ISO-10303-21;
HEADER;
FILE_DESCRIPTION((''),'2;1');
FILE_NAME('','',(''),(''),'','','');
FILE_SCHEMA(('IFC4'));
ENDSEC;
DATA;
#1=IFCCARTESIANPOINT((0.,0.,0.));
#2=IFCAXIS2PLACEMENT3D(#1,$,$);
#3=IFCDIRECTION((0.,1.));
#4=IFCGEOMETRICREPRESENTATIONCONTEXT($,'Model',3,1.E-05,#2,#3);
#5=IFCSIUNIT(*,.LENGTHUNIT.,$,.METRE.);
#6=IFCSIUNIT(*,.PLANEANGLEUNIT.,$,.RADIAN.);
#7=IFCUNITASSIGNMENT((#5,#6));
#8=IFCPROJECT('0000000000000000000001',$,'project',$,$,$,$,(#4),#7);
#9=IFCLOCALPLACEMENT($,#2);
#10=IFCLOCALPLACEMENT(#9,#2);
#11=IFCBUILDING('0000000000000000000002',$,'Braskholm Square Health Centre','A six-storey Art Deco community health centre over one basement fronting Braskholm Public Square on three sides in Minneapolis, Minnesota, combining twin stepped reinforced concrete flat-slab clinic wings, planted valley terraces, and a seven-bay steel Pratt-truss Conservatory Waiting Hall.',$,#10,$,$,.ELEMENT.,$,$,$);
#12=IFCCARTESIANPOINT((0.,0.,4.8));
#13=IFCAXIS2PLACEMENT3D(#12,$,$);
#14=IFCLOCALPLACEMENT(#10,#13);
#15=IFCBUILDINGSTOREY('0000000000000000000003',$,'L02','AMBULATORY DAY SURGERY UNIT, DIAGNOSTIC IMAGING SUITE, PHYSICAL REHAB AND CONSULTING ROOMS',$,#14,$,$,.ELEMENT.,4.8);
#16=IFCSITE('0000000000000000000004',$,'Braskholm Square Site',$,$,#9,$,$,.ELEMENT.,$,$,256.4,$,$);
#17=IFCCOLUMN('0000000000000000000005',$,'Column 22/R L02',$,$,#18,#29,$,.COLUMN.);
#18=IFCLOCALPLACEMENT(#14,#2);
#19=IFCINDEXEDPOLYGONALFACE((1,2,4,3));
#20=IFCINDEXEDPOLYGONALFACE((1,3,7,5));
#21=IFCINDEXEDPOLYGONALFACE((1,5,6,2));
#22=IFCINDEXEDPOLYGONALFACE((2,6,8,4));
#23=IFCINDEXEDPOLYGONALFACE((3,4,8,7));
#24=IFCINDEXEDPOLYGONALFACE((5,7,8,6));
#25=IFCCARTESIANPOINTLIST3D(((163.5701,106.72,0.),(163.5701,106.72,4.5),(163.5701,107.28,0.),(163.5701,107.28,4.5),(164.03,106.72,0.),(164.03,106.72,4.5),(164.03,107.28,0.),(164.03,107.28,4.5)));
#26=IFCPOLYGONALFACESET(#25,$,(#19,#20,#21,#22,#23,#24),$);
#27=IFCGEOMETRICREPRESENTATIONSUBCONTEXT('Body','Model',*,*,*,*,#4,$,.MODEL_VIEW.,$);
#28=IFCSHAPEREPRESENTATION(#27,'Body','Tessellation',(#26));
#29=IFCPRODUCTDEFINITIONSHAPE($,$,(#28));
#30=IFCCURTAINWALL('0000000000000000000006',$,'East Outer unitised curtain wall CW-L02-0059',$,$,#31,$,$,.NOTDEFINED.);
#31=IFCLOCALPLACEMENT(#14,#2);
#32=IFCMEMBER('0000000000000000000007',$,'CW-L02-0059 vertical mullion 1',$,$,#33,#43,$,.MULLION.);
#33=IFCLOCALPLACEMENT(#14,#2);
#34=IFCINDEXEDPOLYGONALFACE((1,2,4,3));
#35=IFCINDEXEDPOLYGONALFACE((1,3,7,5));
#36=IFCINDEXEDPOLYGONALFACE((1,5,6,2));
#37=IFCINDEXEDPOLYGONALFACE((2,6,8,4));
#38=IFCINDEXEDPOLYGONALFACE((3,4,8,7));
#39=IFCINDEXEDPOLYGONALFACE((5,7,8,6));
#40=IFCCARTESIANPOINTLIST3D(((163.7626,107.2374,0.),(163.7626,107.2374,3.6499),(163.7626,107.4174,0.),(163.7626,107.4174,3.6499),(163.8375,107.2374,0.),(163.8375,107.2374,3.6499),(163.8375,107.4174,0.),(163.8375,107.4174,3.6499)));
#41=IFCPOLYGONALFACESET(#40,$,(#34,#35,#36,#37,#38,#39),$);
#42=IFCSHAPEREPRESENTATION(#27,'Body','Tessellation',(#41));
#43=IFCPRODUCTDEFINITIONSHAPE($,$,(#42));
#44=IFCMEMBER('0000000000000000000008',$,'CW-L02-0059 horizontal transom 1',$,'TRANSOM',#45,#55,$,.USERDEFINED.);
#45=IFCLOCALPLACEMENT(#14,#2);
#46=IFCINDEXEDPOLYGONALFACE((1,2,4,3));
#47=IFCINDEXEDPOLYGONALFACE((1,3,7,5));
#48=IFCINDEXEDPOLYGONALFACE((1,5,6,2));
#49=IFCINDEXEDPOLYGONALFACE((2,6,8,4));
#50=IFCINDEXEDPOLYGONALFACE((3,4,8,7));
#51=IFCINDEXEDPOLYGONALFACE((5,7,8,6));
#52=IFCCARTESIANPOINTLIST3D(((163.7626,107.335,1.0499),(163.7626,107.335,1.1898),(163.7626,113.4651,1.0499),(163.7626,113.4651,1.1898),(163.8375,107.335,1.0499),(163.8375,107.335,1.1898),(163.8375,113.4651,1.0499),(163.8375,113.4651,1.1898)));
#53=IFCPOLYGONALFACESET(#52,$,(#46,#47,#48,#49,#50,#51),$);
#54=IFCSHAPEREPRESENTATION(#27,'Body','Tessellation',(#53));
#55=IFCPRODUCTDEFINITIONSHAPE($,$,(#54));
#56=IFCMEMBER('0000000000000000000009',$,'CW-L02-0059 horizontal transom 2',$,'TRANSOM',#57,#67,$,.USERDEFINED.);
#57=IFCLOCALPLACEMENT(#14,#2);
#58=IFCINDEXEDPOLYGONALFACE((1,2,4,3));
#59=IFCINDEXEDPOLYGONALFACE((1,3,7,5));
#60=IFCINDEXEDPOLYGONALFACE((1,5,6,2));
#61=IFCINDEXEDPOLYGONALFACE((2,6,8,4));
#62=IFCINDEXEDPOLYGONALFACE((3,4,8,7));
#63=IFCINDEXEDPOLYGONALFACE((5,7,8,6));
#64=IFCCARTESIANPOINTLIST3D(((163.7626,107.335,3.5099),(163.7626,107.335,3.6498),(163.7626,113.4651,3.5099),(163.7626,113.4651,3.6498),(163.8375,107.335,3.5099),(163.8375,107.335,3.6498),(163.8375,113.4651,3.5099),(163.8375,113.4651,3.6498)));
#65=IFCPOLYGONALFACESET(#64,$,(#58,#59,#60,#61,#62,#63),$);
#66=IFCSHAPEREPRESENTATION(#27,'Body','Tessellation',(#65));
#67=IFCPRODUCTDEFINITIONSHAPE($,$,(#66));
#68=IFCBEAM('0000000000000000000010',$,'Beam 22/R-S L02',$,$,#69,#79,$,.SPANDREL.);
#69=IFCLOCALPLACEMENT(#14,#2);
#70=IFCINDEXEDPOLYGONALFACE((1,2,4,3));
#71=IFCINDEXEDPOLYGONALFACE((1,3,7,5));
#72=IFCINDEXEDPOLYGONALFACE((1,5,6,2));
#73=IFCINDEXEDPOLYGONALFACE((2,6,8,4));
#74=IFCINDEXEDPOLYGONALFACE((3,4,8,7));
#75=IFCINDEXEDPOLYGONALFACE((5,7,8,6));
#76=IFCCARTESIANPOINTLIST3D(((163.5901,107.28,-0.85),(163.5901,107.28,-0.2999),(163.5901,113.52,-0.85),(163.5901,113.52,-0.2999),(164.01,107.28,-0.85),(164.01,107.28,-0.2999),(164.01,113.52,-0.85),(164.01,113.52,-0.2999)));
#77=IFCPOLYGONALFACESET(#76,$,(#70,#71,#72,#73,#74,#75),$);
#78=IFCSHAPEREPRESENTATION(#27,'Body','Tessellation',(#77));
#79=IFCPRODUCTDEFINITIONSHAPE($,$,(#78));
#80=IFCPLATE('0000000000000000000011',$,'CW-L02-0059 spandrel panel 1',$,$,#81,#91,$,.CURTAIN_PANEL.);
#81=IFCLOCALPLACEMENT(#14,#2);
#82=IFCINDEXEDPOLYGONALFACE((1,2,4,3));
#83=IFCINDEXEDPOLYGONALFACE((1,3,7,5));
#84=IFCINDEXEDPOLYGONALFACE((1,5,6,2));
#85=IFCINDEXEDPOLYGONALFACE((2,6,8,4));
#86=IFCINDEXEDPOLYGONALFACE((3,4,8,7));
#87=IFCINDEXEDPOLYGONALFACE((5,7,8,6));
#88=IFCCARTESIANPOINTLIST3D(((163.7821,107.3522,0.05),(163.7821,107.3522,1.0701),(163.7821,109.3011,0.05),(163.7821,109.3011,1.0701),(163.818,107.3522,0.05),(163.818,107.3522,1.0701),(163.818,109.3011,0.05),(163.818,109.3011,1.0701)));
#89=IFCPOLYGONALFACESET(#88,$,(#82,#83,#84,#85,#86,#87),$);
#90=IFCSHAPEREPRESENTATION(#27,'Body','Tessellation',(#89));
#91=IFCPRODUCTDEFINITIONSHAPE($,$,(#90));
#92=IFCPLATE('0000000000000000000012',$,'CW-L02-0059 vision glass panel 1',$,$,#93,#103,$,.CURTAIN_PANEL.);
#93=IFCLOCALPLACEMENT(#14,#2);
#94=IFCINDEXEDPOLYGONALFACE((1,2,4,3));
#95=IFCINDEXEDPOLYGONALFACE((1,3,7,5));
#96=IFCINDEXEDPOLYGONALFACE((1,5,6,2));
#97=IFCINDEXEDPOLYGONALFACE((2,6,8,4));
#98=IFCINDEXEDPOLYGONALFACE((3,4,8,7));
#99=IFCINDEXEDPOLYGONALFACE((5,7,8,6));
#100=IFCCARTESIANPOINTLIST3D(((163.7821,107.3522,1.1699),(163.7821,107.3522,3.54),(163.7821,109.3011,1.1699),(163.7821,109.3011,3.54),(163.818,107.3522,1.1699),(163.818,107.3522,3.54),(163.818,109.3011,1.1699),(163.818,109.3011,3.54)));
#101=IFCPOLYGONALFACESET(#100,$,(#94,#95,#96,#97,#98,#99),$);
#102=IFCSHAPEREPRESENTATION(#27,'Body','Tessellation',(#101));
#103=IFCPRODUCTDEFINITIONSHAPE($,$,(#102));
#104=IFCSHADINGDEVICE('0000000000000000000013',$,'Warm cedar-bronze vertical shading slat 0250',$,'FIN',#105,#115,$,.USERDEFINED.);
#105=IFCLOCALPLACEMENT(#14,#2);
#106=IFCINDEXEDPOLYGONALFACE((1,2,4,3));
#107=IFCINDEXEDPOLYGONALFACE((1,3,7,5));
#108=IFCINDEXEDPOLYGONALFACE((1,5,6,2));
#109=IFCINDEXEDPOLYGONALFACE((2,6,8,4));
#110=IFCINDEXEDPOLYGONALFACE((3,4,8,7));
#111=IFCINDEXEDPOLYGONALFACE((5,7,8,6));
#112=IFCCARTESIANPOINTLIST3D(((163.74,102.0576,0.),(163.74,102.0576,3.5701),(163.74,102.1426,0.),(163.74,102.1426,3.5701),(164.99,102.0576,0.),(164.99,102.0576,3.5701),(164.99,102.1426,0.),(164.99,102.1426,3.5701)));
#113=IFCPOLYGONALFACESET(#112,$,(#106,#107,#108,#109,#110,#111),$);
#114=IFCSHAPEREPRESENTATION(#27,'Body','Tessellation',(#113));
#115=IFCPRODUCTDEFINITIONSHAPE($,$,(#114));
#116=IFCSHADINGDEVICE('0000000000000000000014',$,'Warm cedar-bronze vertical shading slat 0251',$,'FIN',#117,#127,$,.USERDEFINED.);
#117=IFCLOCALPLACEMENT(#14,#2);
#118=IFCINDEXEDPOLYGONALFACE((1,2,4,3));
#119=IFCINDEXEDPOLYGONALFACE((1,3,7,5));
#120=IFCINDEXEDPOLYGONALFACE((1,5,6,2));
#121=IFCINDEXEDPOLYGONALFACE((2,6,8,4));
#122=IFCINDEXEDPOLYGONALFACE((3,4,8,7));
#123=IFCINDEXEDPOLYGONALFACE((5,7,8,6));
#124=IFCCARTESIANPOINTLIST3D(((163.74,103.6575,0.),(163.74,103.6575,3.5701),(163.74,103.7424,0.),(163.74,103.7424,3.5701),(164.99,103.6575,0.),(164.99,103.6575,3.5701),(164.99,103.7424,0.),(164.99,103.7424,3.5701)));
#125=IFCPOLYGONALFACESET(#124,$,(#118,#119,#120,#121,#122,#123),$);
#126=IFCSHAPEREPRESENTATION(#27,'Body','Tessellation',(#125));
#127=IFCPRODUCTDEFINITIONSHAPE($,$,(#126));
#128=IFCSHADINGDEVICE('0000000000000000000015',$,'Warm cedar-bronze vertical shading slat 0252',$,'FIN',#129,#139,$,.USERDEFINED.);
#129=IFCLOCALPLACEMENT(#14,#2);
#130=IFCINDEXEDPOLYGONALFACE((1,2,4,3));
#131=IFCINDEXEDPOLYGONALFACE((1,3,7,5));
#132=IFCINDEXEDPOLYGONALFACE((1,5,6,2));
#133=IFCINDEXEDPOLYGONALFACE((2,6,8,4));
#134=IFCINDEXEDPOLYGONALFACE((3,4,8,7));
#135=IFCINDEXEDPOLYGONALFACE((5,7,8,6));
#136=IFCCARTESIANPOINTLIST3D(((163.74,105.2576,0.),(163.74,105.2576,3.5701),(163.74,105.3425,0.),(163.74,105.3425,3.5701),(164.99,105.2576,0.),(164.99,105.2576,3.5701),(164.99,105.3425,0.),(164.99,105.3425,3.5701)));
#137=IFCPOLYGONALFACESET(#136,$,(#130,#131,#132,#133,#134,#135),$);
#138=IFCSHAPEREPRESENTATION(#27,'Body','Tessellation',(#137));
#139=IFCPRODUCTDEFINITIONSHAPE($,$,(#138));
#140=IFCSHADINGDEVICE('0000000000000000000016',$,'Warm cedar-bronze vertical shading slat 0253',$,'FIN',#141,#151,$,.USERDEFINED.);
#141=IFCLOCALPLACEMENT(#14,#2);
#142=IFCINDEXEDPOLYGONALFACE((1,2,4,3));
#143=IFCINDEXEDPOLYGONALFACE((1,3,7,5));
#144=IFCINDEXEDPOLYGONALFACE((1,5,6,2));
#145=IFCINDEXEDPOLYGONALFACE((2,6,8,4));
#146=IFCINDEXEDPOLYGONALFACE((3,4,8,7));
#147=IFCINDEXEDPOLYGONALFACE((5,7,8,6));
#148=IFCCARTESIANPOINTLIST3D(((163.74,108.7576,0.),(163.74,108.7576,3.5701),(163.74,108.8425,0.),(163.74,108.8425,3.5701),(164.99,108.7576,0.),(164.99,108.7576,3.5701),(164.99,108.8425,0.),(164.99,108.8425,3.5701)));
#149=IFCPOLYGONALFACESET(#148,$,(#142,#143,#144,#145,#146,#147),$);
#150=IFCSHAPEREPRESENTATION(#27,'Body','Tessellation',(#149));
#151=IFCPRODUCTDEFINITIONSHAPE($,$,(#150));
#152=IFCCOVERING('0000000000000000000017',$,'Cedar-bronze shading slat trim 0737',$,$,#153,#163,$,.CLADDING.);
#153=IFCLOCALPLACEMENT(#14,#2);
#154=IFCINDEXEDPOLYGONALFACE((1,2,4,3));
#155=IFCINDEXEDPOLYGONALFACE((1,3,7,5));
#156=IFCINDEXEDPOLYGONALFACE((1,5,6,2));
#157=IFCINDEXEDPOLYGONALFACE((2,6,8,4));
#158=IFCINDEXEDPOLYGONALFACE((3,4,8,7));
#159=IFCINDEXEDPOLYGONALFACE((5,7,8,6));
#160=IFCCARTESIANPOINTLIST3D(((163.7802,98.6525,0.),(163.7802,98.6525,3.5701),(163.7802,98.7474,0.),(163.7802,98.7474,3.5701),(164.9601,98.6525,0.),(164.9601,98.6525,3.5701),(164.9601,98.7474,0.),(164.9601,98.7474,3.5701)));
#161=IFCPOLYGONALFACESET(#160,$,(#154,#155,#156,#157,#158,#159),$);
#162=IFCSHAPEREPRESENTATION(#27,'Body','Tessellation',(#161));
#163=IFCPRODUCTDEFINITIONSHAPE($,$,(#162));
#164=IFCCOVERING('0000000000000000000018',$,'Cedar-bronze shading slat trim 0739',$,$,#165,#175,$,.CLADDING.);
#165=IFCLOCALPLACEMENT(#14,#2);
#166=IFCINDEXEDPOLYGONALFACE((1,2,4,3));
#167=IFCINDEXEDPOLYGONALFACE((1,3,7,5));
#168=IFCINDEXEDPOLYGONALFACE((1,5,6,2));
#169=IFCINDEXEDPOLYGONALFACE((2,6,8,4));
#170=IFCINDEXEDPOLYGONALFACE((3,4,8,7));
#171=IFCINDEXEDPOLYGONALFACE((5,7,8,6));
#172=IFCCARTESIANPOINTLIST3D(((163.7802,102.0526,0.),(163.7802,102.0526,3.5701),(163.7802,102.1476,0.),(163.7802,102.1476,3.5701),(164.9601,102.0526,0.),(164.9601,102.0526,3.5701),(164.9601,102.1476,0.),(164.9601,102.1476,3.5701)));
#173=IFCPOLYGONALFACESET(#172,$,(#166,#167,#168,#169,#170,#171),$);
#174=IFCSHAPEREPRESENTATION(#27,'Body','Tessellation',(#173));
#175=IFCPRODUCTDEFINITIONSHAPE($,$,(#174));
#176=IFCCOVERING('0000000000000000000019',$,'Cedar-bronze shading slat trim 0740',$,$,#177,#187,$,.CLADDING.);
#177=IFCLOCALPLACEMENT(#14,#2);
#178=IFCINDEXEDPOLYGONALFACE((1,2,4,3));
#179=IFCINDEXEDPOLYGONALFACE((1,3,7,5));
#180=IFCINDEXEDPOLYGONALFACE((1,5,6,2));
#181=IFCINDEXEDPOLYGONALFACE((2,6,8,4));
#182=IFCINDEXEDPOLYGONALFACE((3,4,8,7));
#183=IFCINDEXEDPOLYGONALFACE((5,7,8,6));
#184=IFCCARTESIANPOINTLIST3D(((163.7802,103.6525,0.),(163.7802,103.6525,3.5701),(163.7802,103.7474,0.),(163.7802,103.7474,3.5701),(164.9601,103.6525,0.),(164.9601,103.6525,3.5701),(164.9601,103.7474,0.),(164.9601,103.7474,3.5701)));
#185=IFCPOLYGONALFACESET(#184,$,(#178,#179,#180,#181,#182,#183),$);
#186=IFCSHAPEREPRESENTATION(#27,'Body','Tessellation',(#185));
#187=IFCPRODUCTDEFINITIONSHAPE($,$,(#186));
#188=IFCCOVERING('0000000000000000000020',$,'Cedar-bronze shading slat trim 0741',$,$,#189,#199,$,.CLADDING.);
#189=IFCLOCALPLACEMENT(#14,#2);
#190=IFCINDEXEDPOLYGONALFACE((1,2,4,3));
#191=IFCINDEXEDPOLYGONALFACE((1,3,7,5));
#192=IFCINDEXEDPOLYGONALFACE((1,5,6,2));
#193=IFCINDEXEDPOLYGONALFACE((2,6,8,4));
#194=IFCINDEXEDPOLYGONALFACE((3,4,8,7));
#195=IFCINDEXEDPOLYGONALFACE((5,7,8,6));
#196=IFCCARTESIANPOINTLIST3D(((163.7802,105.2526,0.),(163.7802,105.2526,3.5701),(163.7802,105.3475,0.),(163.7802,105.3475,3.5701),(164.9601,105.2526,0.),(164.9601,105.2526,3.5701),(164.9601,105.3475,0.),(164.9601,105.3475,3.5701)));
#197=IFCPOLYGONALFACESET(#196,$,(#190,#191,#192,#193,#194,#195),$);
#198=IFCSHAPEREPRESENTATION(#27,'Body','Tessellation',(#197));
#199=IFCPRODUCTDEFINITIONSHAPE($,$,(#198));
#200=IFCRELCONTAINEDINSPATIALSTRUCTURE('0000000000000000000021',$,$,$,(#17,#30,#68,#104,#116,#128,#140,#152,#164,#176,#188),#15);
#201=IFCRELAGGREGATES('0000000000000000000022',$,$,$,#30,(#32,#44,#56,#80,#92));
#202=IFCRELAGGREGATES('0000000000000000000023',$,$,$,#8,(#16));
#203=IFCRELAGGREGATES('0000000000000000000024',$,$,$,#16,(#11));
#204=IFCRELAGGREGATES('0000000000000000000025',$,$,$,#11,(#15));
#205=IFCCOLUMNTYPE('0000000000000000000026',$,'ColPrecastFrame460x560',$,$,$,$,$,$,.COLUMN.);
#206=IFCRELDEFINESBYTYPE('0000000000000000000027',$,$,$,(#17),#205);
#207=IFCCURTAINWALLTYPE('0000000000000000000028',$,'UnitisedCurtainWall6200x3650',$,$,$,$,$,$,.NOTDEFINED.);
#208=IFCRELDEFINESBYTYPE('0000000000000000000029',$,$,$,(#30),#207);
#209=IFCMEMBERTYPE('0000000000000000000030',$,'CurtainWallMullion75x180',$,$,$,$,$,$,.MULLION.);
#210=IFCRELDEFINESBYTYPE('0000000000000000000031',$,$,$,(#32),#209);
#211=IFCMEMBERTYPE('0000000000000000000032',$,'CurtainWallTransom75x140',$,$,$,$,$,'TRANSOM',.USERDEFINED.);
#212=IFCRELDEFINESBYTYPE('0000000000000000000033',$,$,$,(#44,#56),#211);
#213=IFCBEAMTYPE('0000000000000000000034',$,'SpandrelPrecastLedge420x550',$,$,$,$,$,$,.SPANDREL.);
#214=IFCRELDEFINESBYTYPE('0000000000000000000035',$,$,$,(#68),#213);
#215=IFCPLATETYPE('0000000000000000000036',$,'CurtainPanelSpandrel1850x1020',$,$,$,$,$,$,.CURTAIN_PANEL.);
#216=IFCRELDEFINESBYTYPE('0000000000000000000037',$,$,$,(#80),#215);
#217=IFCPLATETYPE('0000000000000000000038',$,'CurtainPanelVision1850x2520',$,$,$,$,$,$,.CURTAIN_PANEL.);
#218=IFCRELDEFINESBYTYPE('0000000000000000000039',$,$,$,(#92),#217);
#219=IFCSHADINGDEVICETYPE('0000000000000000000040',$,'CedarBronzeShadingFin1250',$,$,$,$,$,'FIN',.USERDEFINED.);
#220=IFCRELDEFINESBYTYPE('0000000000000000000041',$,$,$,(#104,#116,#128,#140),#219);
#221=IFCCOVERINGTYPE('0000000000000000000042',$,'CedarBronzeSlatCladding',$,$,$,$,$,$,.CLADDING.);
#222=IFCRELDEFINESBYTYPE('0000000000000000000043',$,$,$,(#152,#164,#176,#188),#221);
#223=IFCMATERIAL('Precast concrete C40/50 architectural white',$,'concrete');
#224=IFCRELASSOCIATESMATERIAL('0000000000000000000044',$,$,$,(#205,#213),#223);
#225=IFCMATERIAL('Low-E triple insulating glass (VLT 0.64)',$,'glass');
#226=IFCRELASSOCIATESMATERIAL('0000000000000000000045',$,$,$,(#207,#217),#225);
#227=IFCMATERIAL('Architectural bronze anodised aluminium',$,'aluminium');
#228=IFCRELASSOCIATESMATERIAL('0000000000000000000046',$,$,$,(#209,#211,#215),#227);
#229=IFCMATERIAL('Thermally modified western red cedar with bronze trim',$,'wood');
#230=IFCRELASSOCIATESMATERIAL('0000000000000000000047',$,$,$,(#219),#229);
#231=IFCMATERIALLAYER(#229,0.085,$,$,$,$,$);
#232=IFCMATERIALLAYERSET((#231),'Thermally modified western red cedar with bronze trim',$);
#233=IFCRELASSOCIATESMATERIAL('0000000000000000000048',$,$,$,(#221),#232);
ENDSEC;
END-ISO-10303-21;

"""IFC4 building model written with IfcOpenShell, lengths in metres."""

from ifc_helpers import new_model, si_unit, direction, frame, origin, origin_2d, place, context, subcontext, project, spatial, rectangle, extrude, material, layer, layer_set, material_profile, profile_set, type_object, element, aggregate, save


model = new_model("IFC4")

# Units and contexts
model_context = context("Model", 3, precision=1e-05, world=origin(), true_north=direction((0.0, 1.0)))
body_context = subcontext(model_context, "Body", "Model", "MODEL_VIEW")
ifc_project = project(units=[si_unit("LENGTHUNIT", "METRE"), si_unit("PLANEANGLEUNIT", "RADIAN")], contexts=[model_context])

# Site, building, storey
site_placement = place(None, origin())
site = spatial("IfcSite", under=ifc_project, at=site_placement, Name="Braskholm Square Site", CompositionType="ELEMENT", RefElevation=256.4)
building_placement = place(site_placement, origin())
building = spatial("IfcBuilding", under=site, at=building_placement, Name="Braskholm Square Health Centre", Description="A six-storey Art Deco community health centre over one basement fronting Braskholm Public Square on three sides in Minneapolis, Minnesota, combining twin stepped reinforced concrete flat-slab clinic wings, planted valley terraces, and a seven-bay steel Pratt-truss Conservatory Waiting Hall.", CompositionType="ELEMENT")
storey_placement = place(building_placement, frame((0.0, 0.0, 4.8)))
storey = spatial("IfcBuildingStorey", under=building, at=storey_placement, Name="L02", Description="AMBULATORY DAY SURGERY UNIT, DIAGNOSTIC IMAGING SUITE, PHYSICAL REHAB AND CONSULTING ROOMS", CompositionType="ELEMENT", Elevation=4.8)

# Column
ifc_material_1 = material(Name="Precast concrete C40/50 architectural white", Category="concrete")
ifc_material_profile_1 = material_profile(ifc_material_1, rectangle(XDim=0.46, YDim=0.5601, at=origin_2d()), Name="RC-460X560")
ifc_profile_set_1 = profile_set([ifc_material_profile_1], Name="Precast concrete C40/50 architectural white")
column_type = type_object("IfcColumnType", Name="ColPrecastFrame460x560", PredefinedType="COLUMN", material=ifc_profile_set_1)
column_placement = place(storey_placement, frame((163.8, 107.0, 0.0), z_axis=(0.0, 0.0, 1.0), x_axis=(1.0, 0.0, 0.0)))
element("IfcColumn", 1, at=column_placement, inside=storey, type_object=column_type, Name="Column 22/R L02", PredefinedType="COLUMN", context=body_context, shape_type="SweptSolid", body=[
    extrude(rectangle(XDim=0.46, YDim=0.5601, at=origin_2d()), origin(), (0.0, 0.0, 1.0), 4.5),
])

# Curtain wall, members
ifc_material_2 = material(Name="Low-E triple insulating glass (VLT 0.64)", Category="glass")
curtain_wall_type = type_object("IfcCurtainWallType", Name="UnitisedCurtainWall6200x3650", PredefinedType="NOTDEFINED", material=ifc_material_2)
curtain_wall_placement = place(storey_placement, origin())
curtain_wall = element("IfcCurtainWall", 2, at=curtain_wall_placement, inside=storey, type_object=curtain_wall_type, Name="East Outer unitised curtain wall CW-L02-0059", PredefinedType="NOTDEFINED")
ifc_material_3 = material(Name="Architectural bronze anodised aluminium", Category="aluminium")
ifc_material_profile_2 = material_profile(ifc_material_3, rectangle(XDim=0.075, YDim=0.1799, at=origin_2d()), Name="ALU-75X180")
ifc_profile_set_2 = profile_set([ifc_material_profile_2], Name="Architectural bronze anodised aluminium")
member_type_1 = type_object("IfcMemberType", Name="CurtainWallMullion75x180", PredefinedType="MULLION", material=ifc_profile_set_2)
member_1_placement = place(storey_placement, frame((163.8, 107.3274, 0.0), z_axis=(0.0, 0.0, 1.0), x_axis=(1.0, 0.0, 0.0)))
member_1 = element("IfcMember", 3, at=member_1_placement, type_object=member_type_1, Name="CW-L02-0059 vertical mullion 1", PredefinedType="MULLION", context=body_context, shape_type="SweptSolid", body=[
    extrude(rectangle(XDim=0.075, YDim=0.1799, at=origin_2d()), origin(), (0.0, 0.0, 1.0), 3.6499),
])
ifc_material_profile_3 = material_profile(ifc_material_3, rectangle(XDim=0.075, YDim=0.1399, at=origin_2d()), Name="ALU-75X140")
ifc_profile_set_3 = profile_set([ifc_material_profile_3], Name="Architectural bronze anodised aluminium")
member_type_2 = type_object("IfcMemberType", Name="CurtainWallTransom75x140", ElementType="TRANSOM", PredefinedType="USERDEFINED", material=ifc_profile_set_3)
member_2_placement = place(storey_placement, frame((163.8, 107.335, 1.1199), z_axis=(0.0, 1.0, 0.0), x_axis=(-1.0, 0.0, 0.0)))
member_2 = element("IfcMember", 4, at=member_2_placement, type_object=member_type_2, Name="CW-L02-0059 horizontal transom 1", ObjectType="TRANSOM", PredefinedType="USERDEFINED", context=body_context, shape_type="SweptSolid", body=[
    extrude(rectangle(XDim=0.075, YDim=0.1399, at=origin_2d()), origin(), (0.0, 0.0, 1.0), 6.1301),
])
member_3_placement = place(storey_placement, frame((163.8, 107.335, 3.5798), z_axis=(0.0, 1.0, 0.0), x_axis=(-1.0, 0.0, 0.0)))
member_3 = element("IfcMember", 5, at=member_3_placement, type_object=member_type_2, Name="CW-L02-0059 horizontal transom 2", ObjectType="TRANSOM", PredefinedType="USERDEFINED", context=body_context, shape_type="SweptSolid", body=[
    extrude(rectangle(XDim=0.075, YDim=0.1399, at=origin_2d()), origin(), (0.0, 0.0, 1.0), 6.1301),
])

# Beam
ifc_material_profile_4 = material_profile(ifc_material_1, rectangle(XDim=0.4199, YDim=0.55, at=origin_2d()), Name="RCB-420X550")
ifc_profile_set_4 = profile_set([ifc_material_profile_4], Name="Precast concrete C40/50 architectural white")
beam_type = type_object("IfcBeamType", Name="SpandrelPrecastLedge420x550", PredefinedType="SPANDREL", material=ifc_profile_set_4)
beam_placement = place(storey_placement, frame((163.8, 107.28, -0.575), z_axis=(0.0, 1.0, 0.0), x_axis=(-1.0, 0.0, 0.0)))
element("IfcBeam", 6, at=beam_placement, inside=storey, type_object=beam_type, Name="Beam 22/R-S L02", PredefinedType="SPANDREL", context=body_context, shape_type="SweptSolid", body=[
    extrude(rectangle(XDim=0.4199, YDim=0.55, at=origin_2d()), origin(), (0.0, 0.0, 1.0), 6.24),
])

# Plates
plate_type_1 = type_object("IfcPlateType", Name="CurtainPanelSpandrel1850x1020", PredefinedType="CURTAIN_PANEL", material=ifc_material_3)
plate_1_placement = place(storey_placement, frame((163.8, 108.3267, 0.05), z_axis=(0.0, 0.0, 1.0), x_axis=(0.0, 1.0, 0.0)))
plate_1 = element("IfcPlate", 7, at=plate_1_placement, type_object=plate_type_1, Name="CW-L02-0059 spandrel panel 1", PredefinedType="CURTAIN_PANEL", context=body_context, shape_type="SweptSolid", body=[
    extrude(rectangle(XDim=1.949, YDim=0.0359, at=origin_2d()), origin(), (0.0, 0.0, 1.0), 1.02),
])
plate_type_2 = type_object("IfcPlateType", Name="CurtainPanelVision1850x2520", PredefinedType="CURTAIN_PANEL", material=ifc_material_2)
plate_2_placement = place(storey_placement, frame((163.8, 108.3267, 1.1699), z_axis=(0.0, 0.0, 1.0), x_axis=(0.0, 1.0, 0.0)))
plate_2 = element("IfcPlate", 8, at=plate_2_placement, type_object=plate_type_2, Name="CW-L02-0059 vision glass panel 1", PredefinedType="CURTAIN_PANEL", context=body_context, shape_type="SweptSolid", body=[
    extrude(rectangle(XDim=1.949, YDim=0.0359, at=origin_2d()), origin(), (0.0, 0.0, 1.0), 2.3701),
])
aggregate(curtain_wall, [member_1, member_2, member_3, plate_1, plate_2])

# Shading devices
ifc_material_4 = material(Name="Thermally modified western red cedar with bronze trim", Category="wood")
shading_device_type = type_object("IfcShadingDeviceType", Name="CedarBronzeShadingFin1250", ElementType="FIN", PredefinedType="USERDEFINED", material=ifc_material_4)
for number, where, z_axis, x_axis, name in (
    (9, (164.365, 102.1001, 0.0), (0.0, 0.0, 1.0), (1.0, 0.0, 0.0), "Warm cedar-bronze vertical shading slat 0250"),
    (10, (164.365, 103.7, 0.0), (0.0, 0.0, 1.0), (1.0, 0.0, 0.0), "Warm cedar-bronze vertical shading slat 0251"),
    (11, (164.365, 105.3, 0.0), (0.0, 0.0, 1.0), (1.0, 0.0, 0.0), "Warm cedar-bronze vertical shading slat 0252"),
    (12, (164.365, 108.8, 0.0), (0.0, 0.0, 1.0), (1.0, 0.0, 0.0), "Warm cedar-bronze vertical shading slat 0253"),
):
    element("IfcShadingDevice", number, at=place(storey_placement, frame(where, z_axis=z_axis, x_axis=x_axis)), inside=storey, type_object=shading_device_type, Name=name, ObjectType="FIN", PredefinedType="USERDEFINED", context=body_context, shape_type="SweptSolid", body=[
        extrude(rectangle(XDim=1.25, YDim=0.085, at=origin_2d()), origin(), (0.0, 0.0, 1.0), 3.5701),
    ])

# Coverings
ifc_layer_1 = layer(ifc_material_4, 0.085)
ifc_layer_set_1 = layer_set([ifc_layer_1], Name="Thermally modified western red cedar with bronze trim")
covering_type_1 = type_object("IfcCoveringType", Name="CedarBronzeSlatCladding", PredefinedType="CLADDING", material=ifc_layer_set_1)
for number, where, z_axis, x_axis, name in (
    (13, (164.3701, 98.7, 0.0), (0.0, 0.0, 1.0), (1.0, 0.0, 0.0), "Cedar-bronze shading slat trim 0737"),
    (14, (164.3701, 102.1001, 0.0), (0.0, 0.0, 1.0), (1.0, 0.0, 0.0), "Cedar-bronze shading slat trim 0739"),
    (15, (164.3701, 103.7, 0.0), (0.0, 0.0, 1.0), (1.0, 0.0, 0.0), "Cedar-bronze shading slat trim 0740"),
    (16, (164.3701, 105.3, 0.0), (0.0, 0.0, 1.0), (1.0, 0.0, 0.0), "Cedar-bronze shading slat trim 0741"),
):
    element("IfcCovering", number, at=place(storey_placement, frame(where, z_axis=z_axis, x_axis=x_axis)), inside=storey, type_object=covering_type_1, Name=name, PredefinedType="CLADDING", context=body_context, shape_type="SweptSolid", body=[
        extrude(rectangle(XDim=1.1799, YDim=0.095, at=origin_2d()), origin(), (0.0, 0.0, 1.0), 3.5701),
    ])

save(model, "model.ifc")
